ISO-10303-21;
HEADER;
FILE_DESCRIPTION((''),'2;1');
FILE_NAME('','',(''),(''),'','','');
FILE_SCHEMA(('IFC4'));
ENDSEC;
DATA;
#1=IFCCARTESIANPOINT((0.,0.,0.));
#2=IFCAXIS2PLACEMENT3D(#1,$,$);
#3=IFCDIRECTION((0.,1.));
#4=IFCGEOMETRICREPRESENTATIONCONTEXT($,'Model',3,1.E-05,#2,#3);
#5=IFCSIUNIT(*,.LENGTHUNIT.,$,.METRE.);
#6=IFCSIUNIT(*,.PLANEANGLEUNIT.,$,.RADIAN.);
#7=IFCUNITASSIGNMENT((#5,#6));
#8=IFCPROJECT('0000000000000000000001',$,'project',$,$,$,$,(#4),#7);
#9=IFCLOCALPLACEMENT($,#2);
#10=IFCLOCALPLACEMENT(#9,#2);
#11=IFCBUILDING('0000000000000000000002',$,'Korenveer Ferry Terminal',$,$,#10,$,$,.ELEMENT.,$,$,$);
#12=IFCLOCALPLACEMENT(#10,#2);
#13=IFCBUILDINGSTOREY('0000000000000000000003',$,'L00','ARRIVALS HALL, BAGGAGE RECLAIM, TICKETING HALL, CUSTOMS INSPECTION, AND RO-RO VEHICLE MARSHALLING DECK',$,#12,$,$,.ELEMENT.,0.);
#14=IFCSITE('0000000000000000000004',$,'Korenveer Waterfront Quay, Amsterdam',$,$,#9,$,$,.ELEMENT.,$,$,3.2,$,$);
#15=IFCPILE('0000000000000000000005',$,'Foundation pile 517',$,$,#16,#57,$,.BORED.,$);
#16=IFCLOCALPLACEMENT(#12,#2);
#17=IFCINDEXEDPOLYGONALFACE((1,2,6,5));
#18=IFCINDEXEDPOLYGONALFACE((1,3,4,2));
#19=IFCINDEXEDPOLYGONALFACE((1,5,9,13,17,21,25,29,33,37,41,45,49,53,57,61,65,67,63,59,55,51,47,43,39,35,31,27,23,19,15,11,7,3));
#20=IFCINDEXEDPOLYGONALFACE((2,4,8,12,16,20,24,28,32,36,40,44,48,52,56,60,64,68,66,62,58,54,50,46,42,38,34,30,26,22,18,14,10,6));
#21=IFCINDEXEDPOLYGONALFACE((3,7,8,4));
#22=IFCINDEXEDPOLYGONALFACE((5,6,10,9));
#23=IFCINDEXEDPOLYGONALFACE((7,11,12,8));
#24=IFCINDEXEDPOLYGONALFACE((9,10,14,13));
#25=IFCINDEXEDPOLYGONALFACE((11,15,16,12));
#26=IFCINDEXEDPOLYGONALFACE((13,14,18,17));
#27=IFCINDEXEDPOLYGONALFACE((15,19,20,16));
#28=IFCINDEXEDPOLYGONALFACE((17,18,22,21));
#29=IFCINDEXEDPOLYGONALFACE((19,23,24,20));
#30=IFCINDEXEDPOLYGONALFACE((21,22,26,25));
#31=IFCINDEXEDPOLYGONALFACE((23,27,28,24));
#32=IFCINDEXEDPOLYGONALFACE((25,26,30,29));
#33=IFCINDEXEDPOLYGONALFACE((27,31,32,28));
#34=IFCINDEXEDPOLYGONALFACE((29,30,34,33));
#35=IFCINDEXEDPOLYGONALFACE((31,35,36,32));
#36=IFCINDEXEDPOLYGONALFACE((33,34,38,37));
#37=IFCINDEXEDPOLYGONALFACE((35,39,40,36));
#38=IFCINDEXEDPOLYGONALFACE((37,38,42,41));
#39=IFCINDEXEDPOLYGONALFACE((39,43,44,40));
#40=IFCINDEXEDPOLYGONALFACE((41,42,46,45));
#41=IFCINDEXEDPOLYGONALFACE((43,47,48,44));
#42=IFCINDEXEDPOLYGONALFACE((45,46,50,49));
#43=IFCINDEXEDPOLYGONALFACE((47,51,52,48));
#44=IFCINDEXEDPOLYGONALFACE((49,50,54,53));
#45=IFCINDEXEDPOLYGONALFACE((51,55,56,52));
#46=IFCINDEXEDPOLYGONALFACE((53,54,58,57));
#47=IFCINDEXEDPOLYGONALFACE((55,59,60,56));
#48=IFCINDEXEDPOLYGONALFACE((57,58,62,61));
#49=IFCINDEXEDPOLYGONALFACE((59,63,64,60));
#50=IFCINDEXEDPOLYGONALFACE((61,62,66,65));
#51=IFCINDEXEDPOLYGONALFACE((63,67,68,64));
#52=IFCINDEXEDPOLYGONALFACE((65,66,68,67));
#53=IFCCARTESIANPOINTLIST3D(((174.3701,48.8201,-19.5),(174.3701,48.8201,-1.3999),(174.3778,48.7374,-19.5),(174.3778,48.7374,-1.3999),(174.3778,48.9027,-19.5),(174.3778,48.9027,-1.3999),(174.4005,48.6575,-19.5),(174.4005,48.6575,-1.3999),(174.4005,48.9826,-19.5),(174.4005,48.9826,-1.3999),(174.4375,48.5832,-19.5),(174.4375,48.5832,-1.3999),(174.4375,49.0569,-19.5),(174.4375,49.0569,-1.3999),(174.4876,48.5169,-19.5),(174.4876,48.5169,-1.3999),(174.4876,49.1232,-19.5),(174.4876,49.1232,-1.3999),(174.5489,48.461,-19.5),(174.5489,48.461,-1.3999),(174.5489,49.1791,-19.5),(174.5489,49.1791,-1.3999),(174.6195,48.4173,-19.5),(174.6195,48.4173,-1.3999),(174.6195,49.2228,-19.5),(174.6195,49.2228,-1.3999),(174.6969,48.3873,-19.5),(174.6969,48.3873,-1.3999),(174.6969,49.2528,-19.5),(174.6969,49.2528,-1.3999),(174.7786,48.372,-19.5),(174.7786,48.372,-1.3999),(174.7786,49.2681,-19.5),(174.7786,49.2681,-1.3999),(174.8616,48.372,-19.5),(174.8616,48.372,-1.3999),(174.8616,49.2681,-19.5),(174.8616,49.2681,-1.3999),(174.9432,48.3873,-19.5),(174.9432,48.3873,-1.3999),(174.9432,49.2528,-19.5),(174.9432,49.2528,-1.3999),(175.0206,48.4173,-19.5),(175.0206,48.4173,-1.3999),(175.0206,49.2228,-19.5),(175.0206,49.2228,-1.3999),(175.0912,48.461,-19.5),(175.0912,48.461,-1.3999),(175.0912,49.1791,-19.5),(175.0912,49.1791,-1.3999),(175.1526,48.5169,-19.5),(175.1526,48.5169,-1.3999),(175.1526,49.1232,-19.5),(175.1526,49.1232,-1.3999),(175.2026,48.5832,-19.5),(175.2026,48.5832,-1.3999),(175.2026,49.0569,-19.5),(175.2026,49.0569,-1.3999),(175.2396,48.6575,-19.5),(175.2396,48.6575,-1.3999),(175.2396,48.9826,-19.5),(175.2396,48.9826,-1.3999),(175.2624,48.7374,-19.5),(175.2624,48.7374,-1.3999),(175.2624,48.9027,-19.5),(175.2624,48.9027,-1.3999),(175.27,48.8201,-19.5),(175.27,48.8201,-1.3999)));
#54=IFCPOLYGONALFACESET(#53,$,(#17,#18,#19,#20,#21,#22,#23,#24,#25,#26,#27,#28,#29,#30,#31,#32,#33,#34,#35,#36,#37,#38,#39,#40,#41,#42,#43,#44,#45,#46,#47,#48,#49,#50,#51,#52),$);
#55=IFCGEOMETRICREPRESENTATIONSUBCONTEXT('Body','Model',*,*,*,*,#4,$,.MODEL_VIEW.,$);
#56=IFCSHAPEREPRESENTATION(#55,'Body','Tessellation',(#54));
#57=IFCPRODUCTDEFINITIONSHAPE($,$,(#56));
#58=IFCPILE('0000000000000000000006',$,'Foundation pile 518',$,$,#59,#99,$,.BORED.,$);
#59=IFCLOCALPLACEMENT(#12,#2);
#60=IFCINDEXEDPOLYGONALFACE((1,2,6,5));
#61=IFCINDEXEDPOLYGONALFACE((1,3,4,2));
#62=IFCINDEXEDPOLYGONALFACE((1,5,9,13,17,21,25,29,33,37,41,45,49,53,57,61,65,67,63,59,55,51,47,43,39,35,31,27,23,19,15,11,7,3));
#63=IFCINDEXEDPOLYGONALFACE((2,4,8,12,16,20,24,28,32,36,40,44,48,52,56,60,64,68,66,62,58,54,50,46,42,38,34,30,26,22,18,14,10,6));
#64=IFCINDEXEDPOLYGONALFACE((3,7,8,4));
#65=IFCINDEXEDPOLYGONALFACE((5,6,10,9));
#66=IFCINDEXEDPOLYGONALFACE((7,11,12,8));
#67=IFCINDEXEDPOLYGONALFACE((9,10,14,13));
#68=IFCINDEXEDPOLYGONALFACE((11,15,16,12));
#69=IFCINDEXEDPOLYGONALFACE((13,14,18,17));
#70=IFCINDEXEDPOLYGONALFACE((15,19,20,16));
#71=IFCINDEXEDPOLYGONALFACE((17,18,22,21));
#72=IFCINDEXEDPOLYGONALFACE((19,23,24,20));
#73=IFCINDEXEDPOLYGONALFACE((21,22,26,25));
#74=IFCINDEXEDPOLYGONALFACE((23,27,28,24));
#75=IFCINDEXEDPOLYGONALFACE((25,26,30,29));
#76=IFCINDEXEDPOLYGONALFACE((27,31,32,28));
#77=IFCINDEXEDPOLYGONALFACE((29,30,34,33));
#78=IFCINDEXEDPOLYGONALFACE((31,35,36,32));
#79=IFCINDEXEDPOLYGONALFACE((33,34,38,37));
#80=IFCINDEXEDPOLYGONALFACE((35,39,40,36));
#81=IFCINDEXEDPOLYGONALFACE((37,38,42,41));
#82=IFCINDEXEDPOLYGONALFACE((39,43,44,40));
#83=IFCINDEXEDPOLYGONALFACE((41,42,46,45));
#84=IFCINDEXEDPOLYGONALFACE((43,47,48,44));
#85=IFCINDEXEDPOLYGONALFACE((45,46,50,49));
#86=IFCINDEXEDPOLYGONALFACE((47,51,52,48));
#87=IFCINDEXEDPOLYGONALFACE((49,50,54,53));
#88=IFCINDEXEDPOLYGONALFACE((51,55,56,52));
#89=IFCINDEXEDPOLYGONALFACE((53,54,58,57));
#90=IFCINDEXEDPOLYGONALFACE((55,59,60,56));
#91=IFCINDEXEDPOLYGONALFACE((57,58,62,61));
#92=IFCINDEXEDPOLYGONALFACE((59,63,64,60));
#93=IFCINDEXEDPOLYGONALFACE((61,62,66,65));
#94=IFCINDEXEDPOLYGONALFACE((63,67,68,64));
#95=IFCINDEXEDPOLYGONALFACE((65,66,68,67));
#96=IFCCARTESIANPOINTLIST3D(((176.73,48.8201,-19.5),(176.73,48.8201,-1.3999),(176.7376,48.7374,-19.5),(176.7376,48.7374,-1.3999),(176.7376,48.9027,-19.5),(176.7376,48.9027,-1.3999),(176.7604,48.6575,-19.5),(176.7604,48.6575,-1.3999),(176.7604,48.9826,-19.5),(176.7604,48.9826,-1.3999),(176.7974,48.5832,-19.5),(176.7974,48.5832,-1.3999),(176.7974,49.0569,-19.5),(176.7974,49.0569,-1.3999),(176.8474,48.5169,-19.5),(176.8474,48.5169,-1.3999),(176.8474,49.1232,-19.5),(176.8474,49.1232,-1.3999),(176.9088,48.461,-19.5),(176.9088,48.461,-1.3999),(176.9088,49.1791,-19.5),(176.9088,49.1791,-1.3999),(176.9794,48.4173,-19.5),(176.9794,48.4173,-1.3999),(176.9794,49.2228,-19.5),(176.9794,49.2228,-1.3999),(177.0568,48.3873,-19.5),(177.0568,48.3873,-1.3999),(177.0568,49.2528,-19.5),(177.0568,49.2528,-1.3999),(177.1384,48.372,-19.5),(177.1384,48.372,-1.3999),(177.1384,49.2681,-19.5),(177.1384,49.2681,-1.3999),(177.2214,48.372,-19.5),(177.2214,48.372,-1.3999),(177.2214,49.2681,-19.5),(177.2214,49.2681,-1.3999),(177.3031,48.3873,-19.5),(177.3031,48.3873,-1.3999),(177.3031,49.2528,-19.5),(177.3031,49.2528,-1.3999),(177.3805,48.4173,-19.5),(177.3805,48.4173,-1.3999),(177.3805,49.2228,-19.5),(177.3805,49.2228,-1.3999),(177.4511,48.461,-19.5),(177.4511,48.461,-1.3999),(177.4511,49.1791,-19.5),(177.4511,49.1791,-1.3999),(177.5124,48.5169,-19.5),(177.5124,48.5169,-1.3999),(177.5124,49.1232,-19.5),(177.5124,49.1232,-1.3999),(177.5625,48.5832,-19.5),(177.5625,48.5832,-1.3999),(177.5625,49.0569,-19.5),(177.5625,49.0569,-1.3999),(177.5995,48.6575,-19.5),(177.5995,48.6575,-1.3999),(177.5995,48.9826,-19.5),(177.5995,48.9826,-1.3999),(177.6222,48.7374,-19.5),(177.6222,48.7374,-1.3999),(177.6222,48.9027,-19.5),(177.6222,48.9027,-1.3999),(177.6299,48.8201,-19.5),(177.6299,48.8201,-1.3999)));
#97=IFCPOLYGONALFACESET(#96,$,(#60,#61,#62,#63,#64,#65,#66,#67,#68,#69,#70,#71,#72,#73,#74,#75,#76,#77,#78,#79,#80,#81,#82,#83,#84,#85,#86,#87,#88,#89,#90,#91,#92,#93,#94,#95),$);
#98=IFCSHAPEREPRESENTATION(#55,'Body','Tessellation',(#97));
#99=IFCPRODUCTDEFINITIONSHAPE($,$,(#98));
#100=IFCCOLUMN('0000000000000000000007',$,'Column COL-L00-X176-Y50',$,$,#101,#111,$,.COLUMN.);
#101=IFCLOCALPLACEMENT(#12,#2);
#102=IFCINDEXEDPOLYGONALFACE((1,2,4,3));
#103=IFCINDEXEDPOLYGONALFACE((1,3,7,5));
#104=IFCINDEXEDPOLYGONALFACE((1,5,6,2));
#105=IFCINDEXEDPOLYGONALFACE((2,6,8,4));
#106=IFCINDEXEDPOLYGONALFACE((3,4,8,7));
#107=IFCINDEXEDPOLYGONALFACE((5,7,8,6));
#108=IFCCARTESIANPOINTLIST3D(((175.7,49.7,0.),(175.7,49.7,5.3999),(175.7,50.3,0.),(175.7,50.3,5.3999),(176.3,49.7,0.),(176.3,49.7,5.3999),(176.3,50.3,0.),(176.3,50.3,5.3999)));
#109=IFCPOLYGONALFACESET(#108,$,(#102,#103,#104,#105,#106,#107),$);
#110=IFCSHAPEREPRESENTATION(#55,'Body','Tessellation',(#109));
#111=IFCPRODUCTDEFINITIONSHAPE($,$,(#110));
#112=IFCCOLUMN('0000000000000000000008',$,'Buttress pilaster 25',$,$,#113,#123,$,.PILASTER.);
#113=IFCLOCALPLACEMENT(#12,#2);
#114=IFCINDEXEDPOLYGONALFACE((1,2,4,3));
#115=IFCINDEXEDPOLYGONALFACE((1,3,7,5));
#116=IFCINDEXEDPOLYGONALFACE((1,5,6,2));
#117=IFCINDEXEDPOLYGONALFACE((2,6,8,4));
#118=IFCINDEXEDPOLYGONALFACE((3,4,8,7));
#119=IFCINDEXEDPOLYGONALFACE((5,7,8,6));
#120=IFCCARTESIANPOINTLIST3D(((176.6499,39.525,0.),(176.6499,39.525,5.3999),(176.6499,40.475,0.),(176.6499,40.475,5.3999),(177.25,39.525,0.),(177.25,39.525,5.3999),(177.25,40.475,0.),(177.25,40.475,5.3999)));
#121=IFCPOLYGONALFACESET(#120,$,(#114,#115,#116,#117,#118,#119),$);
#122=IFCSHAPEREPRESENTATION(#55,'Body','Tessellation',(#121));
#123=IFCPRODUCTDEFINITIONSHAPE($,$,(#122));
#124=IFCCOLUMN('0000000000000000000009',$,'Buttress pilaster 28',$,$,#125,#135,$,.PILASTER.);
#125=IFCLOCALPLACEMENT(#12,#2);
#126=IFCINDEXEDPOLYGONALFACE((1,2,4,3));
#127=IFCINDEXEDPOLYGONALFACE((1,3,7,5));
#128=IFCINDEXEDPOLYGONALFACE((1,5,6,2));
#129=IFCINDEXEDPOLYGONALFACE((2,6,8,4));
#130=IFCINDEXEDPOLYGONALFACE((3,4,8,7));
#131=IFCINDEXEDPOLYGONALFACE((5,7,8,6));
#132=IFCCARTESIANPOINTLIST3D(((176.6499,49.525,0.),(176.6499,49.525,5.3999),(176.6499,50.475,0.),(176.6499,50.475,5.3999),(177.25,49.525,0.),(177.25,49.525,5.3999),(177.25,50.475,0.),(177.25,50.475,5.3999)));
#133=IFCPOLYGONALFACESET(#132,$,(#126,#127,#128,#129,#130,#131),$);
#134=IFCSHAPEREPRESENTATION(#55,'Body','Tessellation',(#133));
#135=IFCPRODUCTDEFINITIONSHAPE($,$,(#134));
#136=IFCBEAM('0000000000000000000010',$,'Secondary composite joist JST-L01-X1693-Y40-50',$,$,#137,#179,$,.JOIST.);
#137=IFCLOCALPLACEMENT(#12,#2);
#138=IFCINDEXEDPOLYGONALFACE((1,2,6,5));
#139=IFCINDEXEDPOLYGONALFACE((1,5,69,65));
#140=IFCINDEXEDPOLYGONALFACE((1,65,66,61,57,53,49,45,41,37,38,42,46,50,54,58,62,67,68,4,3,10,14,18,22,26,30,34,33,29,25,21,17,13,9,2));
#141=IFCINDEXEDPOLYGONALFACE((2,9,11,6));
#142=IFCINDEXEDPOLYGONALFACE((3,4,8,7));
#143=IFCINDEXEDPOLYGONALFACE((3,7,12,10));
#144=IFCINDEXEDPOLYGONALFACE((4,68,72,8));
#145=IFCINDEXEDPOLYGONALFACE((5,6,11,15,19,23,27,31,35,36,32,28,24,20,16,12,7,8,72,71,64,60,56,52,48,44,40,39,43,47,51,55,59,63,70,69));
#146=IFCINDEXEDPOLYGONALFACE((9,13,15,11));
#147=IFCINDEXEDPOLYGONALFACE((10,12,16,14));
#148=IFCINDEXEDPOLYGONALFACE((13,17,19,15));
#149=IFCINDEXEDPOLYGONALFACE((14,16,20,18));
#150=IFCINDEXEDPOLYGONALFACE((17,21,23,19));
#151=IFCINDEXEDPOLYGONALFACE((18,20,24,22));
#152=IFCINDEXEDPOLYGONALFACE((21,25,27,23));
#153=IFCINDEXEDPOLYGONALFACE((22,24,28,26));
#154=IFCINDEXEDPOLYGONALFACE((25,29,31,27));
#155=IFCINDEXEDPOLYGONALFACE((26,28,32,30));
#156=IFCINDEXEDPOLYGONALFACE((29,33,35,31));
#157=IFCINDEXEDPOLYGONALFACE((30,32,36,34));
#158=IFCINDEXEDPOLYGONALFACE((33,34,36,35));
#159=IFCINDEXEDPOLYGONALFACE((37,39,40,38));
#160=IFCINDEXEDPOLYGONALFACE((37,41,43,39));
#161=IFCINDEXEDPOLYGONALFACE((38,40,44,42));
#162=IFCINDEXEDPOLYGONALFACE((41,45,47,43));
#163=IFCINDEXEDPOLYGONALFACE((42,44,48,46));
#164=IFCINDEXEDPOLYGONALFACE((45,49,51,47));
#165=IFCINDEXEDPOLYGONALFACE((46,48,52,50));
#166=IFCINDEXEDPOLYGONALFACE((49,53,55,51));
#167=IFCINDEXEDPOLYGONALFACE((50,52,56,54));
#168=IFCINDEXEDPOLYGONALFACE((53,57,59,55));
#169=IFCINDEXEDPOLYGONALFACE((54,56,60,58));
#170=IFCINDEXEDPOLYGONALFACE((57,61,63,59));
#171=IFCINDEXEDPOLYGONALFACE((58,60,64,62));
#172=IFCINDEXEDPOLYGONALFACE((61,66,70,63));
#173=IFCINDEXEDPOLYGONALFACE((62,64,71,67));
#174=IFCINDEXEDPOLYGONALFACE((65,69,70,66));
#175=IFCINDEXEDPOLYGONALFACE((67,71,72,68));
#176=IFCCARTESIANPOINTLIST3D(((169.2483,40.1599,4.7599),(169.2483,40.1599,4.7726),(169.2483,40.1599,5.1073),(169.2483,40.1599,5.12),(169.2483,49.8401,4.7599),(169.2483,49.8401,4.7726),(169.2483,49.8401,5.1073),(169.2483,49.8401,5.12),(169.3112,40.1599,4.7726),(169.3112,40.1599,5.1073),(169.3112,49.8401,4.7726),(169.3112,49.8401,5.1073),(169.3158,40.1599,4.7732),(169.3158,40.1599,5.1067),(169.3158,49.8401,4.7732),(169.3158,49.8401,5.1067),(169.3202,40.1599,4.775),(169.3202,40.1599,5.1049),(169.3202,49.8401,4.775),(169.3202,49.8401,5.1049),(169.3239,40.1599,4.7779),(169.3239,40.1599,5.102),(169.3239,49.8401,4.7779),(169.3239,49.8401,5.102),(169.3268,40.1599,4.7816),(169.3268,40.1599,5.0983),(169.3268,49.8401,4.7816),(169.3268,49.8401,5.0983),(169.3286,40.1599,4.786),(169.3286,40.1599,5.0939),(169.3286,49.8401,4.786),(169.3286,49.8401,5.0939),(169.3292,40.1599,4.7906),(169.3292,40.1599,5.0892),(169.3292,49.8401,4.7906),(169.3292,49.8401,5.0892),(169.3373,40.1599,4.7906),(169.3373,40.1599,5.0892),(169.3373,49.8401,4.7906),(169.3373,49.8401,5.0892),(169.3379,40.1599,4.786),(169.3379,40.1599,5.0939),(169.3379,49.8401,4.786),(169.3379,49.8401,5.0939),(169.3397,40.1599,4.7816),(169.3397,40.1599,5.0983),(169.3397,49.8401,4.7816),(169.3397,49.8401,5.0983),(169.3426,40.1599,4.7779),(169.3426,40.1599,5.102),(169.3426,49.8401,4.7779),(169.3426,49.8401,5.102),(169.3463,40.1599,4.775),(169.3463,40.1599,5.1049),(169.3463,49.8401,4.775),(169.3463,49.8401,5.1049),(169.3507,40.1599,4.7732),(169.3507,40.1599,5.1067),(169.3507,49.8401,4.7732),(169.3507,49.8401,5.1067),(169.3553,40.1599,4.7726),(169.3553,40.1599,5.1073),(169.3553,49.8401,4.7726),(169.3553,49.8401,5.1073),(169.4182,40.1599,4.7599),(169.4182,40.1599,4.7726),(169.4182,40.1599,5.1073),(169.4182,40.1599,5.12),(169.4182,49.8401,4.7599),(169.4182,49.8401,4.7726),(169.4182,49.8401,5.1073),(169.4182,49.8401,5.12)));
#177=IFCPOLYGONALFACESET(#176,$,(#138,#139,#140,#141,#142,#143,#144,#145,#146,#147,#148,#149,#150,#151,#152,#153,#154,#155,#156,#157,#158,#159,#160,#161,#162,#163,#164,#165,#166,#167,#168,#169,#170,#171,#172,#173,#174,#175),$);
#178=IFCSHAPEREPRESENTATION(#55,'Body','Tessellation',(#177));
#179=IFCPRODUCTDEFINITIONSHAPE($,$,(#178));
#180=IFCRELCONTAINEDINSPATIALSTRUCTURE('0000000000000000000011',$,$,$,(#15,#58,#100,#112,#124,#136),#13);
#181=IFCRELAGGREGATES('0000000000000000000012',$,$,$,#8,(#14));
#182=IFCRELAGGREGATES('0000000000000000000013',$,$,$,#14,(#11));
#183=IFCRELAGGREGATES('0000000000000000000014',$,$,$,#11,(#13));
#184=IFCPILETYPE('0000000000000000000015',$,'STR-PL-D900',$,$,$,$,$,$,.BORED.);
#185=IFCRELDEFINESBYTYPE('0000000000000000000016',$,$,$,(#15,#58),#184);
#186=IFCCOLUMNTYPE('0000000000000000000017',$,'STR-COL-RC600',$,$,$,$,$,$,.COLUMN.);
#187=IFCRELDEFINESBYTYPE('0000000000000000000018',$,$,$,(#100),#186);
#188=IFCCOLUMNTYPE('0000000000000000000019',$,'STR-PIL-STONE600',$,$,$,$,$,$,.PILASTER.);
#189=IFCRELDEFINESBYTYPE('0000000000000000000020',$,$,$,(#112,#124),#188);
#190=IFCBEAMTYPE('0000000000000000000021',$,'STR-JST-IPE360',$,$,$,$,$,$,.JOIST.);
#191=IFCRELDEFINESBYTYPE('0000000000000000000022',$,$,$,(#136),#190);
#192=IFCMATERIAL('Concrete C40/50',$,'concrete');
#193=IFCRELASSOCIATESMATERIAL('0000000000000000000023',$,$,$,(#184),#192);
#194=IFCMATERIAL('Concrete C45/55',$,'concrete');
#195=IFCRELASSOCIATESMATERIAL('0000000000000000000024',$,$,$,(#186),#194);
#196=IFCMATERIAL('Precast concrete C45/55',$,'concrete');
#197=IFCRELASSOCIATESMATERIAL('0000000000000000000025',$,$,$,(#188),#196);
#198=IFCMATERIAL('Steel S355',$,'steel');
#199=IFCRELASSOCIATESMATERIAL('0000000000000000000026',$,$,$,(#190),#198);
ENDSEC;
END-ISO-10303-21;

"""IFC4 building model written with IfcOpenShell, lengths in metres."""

from ifc_helpers import new_model, si_unit, direction, frame, origin, origin_2d, place, context, subcontext, project, spatial, rectangle, circle, i_section, extrude, material, material_profile, profile_set, type_object, element, save


model = new_model("IFC4")

# Units and contexts
model_context = context("Model", 3, precision=1e-05, world=origin(), true_north=direction((0.0, 1.0)))
body_context = subcontext(model_context, "Body", "Model", "MODEL_VIEW")
ifc_project = project(units=[si_unit("LENGTHUNIT", "METRE"), si_unit("PLANEANGLEUNIT", "RADIAN")], contexts=[model_context])

# Site, building, storey
site_placement = place(None, origin())
site = spatial("IfcSite", under=ifc_project, at=site_placement, Name="Korenveer Waterfront Quay, Amsterdam", CompositionType="ELEMENT", RefElevation=3.2)
building_placement = place(site_placement, origin())
building = spatial("IfcBuilding", under=site, at=building_placement, Name="Korenveer Ferry Terminal", CompositionType="ELEMENT")
storey_placement = place(building_placement, origin())
storey = spatial("IfcBuildingStorey", under=building, at=storey_placement, Name="L00", Description="ARRIVALS HALL, BAGGAGE RECLAIM, TICKETING HALL, CUSTOMS INSPECTION, AND RO-RO VEHICLE MARSHALLING DECK", CompositionType="ELEMENT", Elevation=0.0)

# Shared definitions
ifc_material_1 = material(Name="Concrete C40/50", Category="concrete")
ifc_material_2 = material(Name="Concrete C45/55", Category="concrete")

# Piles
ifc_material_profile_1 = material_profile(ifc_material_1, circle(Radius=0.45, at=origin_2d()), Name="PILE D900")
ifc_profile_set_1 = profile_set([ifc_material_profile_1], Name="Concrete C40/50")
pile_type_1 = type_object("IfcPileType", Name="STR-PL-D900", PredefinedType="BORED", material=ifc_profile_set_1)
for number, where, z_axis, x_axis, name in (
    (1, (174.8201, 48.8201, -1.3999), (0.0, 0.0, -1.0), (1.0, 0.0, 0.0), "Foundation pile 517"),
    (2, (177.1799, 48.8201, -1.3999), (0.0, 0.0, -1.0), (1.0, 0.0, 0.0), "Foundation pile 518"),
):
    element("IfcPile", number, at=place(storey_placement, frame(where, z_axis=z_axis, x_axis=x_axis)), inside=storey, type_object=pile_type_1, Name=name, PredefinedType="BORED", context=body_context, shape_type="SweptSolid", body=[
        extrude(circle(Radius=0.45, at=origin_2d()), origin(), (0.0, 0.0, 1.0), 18.1001),
    ])

# Columns
ifc_material_profile_2 = material_profile(ifc_material_2, rectangle(XDim=0.6001, YDim=0.6001, at=origin_2d()), Name="RC 600x600")
ifc_profile_set_2 = profile_set([ifc_material_profile_2], Name="Concrete C45/55")
column_type_1 = type_object("IfcColumnType", Name="STR-COL-RC600", PredefinedType="COLUMN", material=ifc_profile_set_2)
column_placement = place(storey_placement, frame((176.0, 50.0, 0.0), z_axis=(0.0, 0.0, 1.0), x_axis=(1.0, 0.0, 0.0)))
element("IfcColumn", 3, at=column_placement, inside=storey, type_object=column_type_1, Name="Column COL-L00-X176-Y50", PredefinedType="COLUMN", context=body_context, shape_type="SweptSolid", body=[
    extrude(rectangle(XDim=0.6001, YDim=0.6001, at=origin_2d()), origin(), (0.0, 0.0, 1.0), 5.3999),
])
ifc_material_3 = material(Name="Precast concrete C45/55", Category="concrete")
ifc_material_profile_3 = material_profile(ifc_material_3, rectangle(XDim=0.6001, YDim=0.95, at=origin_2d()), Name="RC 600x950")
ifc_profile_set_3 = profile_set([ifc_material_profile_3], Name="Precast concrete C45/55")
column_type_2 = type_object("IfcColumnType", Name="STR-PIL-STONE600", PredefinedType="PILASTER", material=ifc_profile_set_3)
for number, where, z_axis, x_axis, name in (
    (4, (176.95, 40.0, 0.0), (0.0, 0.0, 1.0), (1.0, 0.0, 0.0), "Buttress pilaster 25"),
    (5, (176.95, 50.0, 0.0), (0.0, 0.0, 1.0), (1.0, 0.0, 0.0), "Buttress pilaster 28"),
):
    element("IfcColumn", number, at=place(storey_placement, frame(where, z_axis=z_axis, x_axis=x_axis)), inside=storey, type_object=column_type_2, Name=name, PredefinedType="PILASTER", context=body_context, shape_type="SweptSolid", body=[
        extrude(rectangle(XDim=0.6001, YDim=0.95, at=origin_2d()), origin(), (0.0, 0.0, 1.0), 5.3999),
    ])

# Beam
ifc_material_4 = material(Name="Steel S355", Category="steel")
ifc_material_profile_4 = material_profile(ifc_material_4, i_section(OverallWidth=0.1699, OverallDepth=0.3601, WebThickness=0.0081, FlangeThickness=0.0127, FilletRadius=0.0181, at=origin_2d()), Name="IPE 360")
ifc_profile_set_4 = profile_set([ifc_material_profile_4], Name="Steel S355")
beam_type_1 = type_object("IfcBeamType", Name="STR-JST-IPE360", PredefinedType="JOIST", material=ifc_profile_set_4)
for number, where, z_axis, x_axis, name in (
    (6, (169.3333, 40.1599, 4.9399), (0.0, 1.0, 0.0), (-1.0, 0.0, 0.0), "Secondary composite joist JST-L01-X1693-Y40-50"),
):
    element("IfcBeam", number, at=place(storey_placement, frame(where, z_axis=z_axis, x_axis=x_axis)), inside=storey, type_object=beam_type_1, Name=name, PredefinedType="JOIST", context=body_context, shape_type="SweptSolid", body=[
        extrude(i_section(OverallWidth=0.1699, OverallDepth=0.3601, WebThickness=0.0081, FlangeThickness=0.0127, FilletRadius=0.0181, at=origin_2d()), origin(), (0.0, 0.0, 1.0), 9.6802),
    ])

save(model, "model.ifc")
